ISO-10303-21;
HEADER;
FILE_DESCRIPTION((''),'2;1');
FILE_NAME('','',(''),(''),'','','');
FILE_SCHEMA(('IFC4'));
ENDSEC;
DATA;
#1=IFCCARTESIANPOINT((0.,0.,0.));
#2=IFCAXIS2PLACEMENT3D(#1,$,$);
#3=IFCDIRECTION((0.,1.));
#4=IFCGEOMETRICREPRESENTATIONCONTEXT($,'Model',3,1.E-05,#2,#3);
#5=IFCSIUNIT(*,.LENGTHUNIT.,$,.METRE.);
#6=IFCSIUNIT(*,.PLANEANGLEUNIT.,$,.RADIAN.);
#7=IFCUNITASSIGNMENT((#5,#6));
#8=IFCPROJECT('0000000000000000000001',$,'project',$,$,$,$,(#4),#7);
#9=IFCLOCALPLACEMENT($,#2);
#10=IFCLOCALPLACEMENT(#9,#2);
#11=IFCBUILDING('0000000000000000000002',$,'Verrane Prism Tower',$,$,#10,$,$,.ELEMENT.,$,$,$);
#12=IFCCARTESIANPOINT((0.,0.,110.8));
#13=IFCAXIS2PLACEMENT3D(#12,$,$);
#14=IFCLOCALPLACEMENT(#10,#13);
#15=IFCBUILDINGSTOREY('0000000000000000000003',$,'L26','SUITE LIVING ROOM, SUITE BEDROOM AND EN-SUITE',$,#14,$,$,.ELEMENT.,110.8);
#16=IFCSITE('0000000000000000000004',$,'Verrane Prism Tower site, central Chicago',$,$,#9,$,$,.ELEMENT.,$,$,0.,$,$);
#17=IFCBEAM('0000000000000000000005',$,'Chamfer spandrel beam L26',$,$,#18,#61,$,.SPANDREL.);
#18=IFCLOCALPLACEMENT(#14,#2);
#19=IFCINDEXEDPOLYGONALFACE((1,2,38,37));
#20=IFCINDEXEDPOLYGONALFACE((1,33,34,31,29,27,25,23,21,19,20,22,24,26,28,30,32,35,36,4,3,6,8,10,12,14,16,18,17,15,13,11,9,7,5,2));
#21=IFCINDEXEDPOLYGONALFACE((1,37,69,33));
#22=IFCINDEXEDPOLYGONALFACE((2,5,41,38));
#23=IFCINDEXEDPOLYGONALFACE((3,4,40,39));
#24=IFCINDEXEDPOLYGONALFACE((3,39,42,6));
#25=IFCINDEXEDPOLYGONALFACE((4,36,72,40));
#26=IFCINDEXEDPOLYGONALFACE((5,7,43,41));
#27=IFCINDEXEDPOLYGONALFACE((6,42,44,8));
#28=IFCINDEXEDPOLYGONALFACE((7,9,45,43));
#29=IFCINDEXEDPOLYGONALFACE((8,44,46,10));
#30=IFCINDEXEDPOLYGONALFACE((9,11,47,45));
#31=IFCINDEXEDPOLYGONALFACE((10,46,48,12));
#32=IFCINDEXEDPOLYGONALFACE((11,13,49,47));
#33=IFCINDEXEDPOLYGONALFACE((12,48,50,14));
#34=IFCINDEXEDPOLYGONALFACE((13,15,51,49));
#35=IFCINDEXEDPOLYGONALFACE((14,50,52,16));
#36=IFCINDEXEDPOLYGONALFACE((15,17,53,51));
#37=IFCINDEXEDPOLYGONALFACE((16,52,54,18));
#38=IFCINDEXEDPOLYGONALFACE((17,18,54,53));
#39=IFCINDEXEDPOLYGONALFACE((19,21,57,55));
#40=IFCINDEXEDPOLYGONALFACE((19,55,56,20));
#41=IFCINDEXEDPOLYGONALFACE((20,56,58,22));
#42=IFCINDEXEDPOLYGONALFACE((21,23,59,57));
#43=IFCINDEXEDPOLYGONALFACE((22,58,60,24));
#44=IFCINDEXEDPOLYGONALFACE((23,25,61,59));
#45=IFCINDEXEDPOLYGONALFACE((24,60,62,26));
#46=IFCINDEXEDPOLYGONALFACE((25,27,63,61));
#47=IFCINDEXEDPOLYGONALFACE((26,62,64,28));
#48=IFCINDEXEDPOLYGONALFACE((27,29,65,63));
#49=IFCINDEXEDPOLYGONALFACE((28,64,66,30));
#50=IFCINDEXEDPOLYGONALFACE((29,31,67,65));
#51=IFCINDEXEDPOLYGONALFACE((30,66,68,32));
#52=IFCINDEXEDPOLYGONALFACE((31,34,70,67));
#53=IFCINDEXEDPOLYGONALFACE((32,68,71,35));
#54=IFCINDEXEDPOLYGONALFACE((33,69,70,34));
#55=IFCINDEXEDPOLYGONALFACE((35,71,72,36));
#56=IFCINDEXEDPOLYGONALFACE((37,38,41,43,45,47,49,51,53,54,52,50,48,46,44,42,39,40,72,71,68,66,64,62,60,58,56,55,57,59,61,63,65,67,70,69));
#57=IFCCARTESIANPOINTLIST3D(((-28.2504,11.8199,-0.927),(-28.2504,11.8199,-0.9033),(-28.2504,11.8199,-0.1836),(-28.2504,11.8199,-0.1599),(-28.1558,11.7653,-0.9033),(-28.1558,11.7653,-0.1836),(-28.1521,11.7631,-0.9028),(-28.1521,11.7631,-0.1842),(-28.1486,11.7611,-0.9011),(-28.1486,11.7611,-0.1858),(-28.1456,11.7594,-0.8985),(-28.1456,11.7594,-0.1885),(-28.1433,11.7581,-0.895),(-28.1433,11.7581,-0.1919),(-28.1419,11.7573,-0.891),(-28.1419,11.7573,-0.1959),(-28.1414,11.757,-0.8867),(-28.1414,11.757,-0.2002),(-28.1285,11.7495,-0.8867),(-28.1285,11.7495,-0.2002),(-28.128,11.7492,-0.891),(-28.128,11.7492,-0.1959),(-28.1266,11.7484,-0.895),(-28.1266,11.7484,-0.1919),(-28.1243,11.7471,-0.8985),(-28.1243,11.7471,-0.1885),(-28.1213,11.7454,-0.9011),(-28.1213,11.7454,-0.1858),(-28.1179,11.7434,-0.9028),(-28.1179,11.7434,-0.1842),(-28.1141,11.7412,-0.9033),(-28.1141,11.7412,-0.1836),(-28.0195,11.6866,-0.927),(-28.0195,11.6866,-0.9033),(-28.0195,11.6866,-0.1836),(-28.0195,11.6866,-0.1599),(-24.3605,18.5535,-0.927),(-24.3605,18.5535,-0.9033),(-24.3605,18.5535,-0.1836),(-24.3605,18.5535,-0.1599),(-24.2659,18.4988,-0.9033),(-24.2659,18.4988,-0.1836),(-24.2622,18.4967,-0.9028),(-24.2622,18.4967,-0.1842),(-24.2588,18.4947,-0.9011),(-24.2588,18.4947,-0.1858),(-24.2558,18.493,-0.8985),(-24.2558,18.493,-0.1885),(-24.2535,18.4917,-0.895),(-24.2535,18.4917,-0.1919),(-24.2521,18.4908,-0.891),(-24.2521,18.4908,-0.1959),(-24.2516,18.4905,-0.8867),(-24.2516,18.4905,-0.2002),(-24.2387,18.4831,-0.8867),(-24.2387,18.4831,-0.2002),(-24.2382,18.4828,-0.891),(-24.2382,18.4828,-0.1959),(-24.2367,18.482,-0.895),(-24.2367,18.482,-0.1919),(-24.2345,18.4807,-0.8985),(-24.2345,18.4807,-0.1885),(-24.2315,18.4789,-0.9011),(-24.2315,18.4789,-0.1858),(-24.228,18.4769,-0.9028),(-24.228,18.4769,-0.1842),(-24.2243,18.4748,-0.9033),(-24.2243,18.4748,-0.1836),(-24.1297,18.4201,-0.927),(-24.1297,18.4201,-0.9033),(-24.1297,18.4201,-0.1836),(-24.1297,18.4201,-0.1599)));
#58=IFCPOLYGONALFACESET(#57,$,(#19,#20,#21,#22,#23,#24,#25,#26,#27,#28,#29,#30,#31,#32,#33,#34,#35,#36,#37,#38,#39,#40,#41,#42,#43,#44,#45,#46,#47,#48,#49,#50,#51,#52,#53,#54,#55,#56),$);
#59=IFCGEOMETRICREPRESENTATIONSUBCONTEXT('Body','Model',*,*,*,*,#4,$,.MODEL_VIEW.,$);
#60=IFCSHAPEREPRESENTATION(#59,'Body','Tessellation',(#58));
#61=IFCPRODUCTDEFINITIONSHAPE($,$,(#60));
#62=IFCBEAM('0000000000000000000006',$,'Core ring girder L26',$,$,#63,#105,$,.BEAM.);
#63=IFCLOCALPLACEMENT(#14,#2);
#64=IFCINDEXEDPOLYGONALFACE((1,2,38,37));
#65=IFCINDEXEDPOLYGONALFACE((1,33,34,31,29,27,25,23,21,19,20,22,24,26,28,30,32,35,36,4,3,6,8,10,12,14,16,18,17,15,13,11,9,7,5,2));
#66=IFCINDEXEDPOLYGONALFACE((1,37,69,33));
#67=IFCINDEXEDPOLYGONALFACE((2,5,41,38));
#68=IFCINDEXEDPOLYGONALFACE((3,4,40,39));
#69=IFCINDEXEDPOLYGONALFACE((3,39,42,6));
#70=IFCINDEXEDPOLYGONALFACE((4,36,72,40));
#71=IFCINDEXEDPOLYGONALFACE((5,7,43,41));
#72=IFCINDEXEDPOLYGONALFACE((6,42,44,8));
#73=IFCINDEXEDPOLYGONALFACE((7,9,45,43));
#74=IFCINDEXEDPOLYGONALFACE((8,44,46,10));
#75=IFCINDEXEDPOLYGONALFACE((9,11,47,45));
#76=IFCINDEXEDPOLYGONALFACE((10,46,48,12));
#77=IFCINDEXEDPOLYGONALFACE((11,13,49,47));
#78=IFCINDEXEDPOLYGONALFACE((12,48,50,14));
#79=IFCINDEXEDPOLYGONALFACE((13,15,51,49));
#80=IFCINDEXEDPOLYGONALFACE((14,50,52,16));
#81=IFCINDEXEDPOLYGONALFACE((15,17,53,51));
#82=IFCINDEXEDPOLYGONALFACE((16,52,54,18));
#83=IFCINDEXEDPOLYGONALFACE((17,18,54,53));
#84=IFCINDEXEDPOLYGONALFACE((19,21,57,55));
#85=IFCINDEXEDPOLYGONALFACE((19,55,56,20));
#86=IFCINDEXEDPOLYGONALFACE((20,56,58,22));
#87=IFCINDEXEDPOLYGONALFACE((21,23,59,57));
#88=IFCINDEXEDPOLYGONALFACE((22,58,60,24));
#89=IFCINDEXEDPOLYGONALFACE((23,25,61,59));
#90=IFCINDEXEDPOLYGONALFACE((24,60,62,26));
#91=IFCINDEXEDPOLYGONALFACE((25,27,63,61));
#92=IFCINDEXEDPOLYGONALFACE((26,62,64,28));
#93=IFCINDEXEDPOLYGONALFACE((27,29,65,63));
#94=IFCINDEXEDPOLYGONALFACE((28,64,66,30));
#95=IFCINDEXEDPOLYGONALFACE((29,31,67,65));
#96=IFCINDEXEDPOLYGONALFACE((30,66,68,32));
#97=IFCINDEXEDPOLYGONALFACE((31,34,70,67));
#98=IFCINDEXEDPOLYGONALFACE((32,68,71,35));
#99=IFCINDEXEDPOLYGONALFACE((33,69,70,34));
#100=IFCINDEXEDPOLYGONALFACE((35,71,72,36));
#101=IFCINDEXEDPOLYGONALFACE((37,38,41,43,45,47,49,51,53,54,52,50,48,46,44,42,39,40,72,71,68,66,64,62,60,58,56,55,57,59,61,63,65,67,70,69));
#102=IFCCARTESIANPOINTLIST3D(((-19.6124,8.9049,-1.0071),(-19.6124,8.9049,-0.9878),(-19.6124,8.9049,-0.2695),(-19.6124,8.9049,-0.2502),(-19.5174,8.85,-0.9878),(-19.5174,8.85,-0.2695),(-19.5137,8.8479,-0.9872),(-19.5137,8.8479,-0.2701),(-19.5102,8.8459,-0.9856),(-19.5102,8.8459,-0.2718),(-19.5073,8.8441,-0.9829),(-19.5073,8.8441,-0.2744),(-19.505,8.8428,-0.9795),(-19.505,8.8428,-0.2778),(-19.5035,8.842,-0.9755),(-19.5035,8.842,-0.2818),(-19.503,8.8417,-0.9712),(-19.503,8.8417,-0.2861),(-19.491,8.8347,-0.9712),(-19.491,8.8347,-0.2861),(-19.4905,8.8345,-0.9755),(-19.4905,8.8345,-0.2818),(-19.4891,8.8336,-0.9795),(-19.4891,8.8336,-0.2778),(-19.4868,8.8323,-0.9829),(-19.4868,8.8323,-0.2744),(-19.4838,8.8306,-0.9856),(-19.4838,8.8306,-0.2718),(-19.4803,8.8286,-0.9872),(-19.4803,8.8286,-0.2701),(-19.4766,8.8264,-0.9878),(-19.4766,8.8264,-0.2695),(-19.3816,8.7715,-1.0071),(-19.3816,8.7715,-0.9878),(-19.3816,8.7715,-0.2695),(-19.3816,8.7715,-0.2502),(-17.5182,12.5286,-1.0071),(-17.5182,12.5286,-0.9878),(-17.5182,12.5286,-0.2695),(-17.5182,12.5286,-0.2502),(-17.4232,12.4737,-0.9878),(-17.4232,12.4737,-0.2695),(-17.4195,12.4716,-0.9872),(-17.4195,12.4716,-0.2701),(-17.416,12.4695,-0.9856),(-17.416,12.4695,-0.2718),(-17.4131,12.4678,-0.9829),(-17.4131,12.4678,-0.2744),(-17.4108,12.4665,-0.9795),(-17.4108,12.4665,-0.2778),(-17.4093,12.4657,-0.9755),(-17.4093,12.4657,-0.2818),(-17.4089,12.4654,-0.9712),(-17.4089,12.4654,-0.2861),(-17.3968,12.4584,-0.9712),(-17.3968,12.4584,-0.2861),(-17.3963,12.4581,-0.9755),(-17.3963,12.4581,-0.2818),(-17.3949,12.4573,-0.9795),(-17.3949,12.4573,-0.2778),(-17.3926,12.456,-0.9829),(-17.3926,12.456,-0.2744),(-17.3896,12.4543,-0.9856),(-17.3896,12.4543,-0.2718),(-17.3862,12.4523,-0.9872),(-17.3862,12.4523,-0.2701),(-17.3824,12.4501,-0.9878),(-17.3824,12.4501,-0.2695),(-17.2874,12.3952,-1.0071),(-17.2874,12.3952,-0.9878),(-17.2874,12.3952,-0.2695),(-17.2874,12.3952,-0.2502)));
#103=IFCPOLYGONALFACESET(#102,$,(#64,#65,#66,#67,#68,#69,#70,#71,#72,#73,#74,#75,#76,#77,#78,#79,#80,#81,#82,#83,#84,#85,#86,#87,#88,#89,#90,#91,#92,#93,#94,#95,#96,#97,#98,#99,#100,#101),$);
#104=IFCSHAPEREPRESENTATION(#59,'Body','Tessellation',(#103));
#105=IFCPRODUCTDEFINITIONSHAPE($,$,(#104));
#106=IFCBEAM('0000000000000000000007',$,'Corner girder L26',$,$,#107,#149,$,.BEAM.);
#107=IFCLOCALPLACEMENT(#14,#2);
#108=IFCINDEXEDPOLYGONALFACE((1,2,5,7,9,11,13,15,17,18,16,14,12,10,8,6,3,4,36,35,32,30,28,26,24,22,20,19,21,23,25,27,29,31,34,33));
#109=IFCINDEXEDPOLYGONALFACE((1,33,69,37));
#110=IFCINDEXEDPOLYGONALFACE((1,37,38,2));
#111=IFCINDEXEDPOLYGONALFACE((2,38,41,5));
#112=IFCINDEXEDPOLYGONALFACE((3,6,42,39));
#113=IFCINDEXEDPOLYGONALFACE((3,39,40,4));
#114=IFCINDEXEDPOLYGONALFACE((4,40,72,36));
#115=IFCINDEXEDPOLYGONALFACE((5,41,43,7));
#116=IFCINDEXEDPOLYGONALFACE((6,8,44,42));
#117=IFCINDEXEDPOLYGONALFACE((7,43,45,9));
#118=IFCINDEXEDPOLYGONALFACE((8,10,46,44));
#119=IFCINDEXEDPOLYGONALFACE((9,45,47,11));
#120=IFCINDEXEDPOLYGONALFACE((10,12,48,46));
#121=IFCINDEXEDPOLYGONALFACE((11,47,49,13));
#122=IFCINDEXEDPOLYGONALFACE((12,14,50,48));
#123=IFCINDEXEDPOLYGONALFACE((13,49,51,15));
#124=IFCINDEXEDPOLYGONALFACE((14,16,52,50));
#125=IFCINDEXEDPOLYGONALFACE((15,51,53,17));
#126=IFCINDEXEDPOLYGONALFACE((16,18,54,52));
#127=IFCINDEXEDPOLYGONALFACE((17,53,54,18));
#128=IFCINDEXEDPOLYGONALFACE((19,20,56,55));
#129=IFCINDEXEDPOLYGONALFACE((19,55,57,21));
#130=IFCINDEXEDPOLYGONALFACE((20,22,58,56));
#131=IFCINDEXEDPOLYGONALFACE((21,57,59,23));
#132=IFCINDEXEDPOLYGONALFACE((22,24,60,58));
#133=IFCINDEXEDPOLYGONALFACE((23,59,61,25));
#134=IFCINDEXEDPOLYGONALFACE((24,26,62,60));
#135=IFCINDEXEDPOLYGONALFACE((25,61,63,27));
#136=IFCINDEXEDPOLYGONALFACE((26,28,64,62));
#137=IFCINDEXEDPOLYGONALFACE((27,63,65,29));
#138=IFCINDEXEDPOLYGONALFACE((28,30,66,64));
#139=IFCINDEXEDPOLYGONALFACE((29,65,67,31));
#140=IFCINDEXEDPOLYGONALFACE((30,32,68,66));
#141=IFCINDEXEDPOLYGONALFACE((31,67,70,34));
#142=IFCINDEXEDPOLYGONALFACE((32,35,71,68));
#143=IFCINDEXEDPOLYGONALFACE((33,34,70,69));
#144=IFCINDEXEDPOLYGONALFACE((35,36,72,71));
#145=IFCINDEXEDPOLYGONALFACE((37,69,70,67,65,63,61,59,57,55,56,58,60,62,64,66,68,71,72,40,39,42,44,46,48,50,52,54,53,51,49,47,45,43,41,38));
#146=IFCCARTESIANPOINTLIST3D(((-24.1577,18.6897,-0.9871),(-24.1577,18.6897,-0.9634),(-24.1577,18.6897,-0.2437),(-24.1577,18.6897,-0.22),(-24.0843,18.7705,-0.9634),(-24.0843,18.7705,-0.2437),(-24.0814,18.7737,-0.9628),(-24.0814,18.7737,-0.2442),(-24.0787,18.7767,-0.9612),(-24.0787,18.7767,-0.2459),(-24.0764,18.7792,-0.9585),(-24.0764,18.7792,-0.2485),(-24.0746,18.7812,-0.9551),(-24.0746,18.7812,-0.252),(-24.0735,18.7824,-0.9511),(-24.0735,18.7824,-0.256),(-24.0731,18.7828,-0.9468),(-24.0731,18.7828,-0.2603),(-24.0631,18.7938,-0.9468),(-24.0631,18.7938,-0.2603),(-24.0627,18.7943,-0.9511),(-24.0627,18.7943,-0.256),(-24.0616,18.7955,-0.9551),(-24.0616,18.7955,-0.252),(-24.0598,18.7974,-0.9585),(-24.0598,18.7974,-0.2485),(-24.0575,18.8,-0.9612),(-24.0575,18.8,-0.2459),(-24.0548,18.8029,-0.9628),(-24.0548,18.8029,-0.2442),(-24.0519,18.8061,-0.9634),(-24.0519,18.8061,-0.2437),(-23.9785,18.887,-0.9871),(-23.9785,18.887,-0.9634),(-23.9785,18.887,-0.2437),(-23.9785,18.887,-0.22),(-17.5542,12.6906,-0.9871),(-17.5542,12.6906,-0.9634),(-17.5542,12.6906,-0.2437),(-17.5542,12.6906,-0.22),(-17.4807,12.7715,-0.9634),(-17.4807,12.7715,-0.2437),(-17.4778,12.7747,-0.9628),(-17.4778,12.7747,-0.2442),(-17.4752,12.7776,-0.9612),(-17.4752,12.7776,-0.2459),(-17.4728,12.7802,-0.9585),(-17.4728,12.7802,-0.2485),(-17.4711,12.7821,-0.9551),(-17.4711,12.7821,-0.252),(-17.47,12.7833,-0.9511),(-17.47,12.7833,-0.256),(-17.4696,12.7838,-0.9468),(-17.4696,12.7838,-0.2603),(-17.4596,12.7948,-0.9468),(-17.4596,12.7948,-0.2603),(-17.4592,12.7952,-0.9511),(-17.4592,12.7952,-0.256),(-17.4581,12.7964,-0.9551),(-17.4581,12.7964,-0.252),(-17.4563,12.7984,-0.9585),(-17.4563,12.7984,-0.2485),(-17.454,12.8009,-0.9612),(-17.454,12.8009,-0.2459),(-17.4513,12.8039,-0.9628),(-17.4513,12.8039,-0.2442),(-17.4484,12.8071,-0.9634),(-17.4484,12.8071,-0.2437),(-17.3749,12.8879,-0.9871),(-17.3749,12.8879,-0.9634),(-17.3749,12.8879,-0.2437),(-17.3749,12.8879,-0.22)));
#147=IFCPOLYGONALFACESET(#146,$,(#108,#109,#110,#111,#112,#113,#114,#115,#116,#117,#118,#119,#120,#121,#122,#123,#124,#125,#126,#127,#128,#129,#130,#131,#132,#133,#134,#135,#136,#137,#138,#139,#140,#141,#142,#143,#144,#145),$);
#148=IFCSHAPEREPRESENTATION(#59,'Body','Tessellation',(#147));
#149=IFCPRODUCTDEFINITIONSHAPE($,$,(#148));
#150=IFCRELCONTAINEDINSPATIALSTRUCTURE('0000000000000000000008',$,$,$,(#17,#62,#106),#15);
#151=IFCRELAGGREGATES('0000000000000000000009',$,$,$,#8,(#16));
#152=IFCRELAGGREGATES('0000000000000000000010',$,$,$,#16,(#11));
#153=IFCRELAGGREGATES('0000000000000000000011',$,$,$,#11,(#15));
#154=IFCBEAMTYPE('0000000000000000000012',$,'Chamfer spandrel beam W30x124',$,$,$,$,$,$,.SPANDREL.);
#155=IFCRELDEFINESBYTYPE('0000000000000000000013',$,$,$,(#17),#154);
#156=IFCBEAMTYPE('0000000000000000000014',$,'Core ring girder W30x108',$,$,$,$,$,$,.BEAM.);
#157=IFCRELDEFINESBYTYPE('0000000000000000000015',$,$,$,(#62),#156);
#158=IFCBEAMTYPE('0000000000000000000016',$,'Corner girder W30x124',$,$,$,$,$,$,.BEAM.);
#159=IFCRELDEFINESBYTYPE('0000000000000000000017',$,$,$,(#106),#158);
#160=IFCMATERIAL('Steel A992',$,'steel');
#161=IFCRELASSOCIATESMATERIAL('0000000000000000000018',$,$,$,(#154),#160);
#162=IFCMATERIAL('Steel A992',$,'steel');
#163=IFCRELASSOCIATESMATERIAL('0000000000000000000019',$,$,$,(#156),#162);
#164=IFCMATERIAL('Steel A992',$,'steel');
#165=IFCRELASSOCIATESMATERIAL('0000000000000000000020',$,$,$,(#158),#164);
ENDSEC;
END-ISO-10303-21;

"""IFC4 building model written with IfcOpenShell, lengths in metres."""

from ifc_helpers import new_model, si_unit, direction, frame, origin, origin_2d, place, context, subcontext, project, spatial, i_section, extrude, material, material_profile, profile_set, type_object, element, save


model = new_model("IFC4")

# Units and contexts
model_context = context("Model", 3, precision=1e-05, world=origin(), true_north=direction((0.0, 1.0)))
body_context = subcontext(model_context, "Body", "Model", "MODEL_VIEW")
ifc_project = project(units=[si_unit("LENGTHUNIT", "METRE"), si_unit("PLANEANGLEUNIT", "RADIAN")], contexts=[model_context])

# Site, building, storey
site_placement = place(None, origin())
site = spatial("IfcSite", under=ifc_project, at=site_placement, Name="Verrane Prism Tower site, central Chicago", CompositionType="ELEMENT", RefElevation=0.0)
building_placement = place(site_placement, origin())
building = spatial("IfcBuilding", under=site, at=building_placement, Name="Verrane Prism Tower", CompositionType="ELEMENT")
storey_placement = place(building_placement, frame((0.0, 0.0, 110.8)))
storey = spatial("IfcBuildingStorey", under=building, at=storey_placement, Name="L26", Description="SUITE LIVING ROOM, SUITE BEDROOM AND EN-SUITE", CompositionType="ELEMENT", Elevation=110.8)

# Beams
ifc_material_1 = material(Name="Steel A992", Category="steel")
ifc_material_profile_1 = material_profile(ifc_material_1, i_section(OverallWidth=0.2666, OverallDepth=0.7671, WebThickness=0.0149, FlangeThickness=0.0237, FilletRadius=0.0166, at=origin_2d()), Name="W30x124")
ifc_profile_set_1 = profile_set([ifc_material_profile_1], Name="Steel A992")
beam_type_1 = type_object("IfcBeamType", Name="Chamfer spandrel beam W30x124", PredefinedType="SPANDREL", material=ifc_profile_set_1)
beam_1_placement = place(storey_placement, frame((-24.2451, 18.4868, -0.5435), z_axis=(-0.500214, -0.865902, 0.0), x_axis=(0.865902, -0.500214, 0.0)))
element("IfcBeam", 1, at=beam_1_placement, inside=storey, type_object=beam_type_1, Name="Chamfer spandrel beam L26", PredefinedType="SPANDREL", context=body_context, shape_type="SweptSolid", body=[
    extrude(i_section(OverallWidth=0.2666, OverallDepth=0.7671, WebThickness=0.0149, FlangeThickness=0.0237, FilletRadius=0.0166, at=origin_2d()), origin(), (0.0, 0.0, 1.0), 7.7764),
])
ifc_material_2 = material(Name="Steel A992", Category="steel")
ifc_material_profile_2 = material_profile(ifc_material_2, i_section(OverallWidth=0.2666, OverallDepth=0.7568, WebThickness=0.0139, FlangeThickness=0.0193, FilletRadius=0.0166, at=origin_2d()), Name="W30x108")
ifc_profile_set_2 = profile_set([ifc_material_profile_2], Name="Steel A992")
beam_type_2 = type_object("IfcBeamType", Name="Core ring girder W30x108", PredefinedType="BEAM", material=ifc_profile_set_2)
beam_2_placement = place(storey_placement, frame((-17.4028, 12.4619, -0.6287), z_axis=(-0.500367, -0.865813, 0.0), x_axis=(0.865813, -0.500367, 0.0)))
element("IfcBeam", 2, at=beam_2_placement, inside=storey, type_object=beam_type_2, Name="Core ring girder L26", PredefinedType="BEAM", context=body_context, shape_type="SweptSolid", body=[
    extrude(i_section(OverallWidth=0.2666, OverallDepth=0.7568, WebThickness=0.0139, FlangeThickness=0.0193, FilletRadius=0.0166, at=origin_2d()), origin(), (0.0, 0.0, 1.0), 4.1853),
])
ifc_material_3 = material(Name="Steel A992", Category="steel")
ifc_material_profile_3 = material_profile(ifc_material_3, i_section(OverallWidth=0.2666, OverallDepth=0.7671, WebThickness=0.0149, FlangeThickness=0.0237, FilletRadius=0.0166, at=origin_2d()), Name="W30x124")
ifc_profile_set_3 = profile_set([ifc_material_profile_3], Name="Steel A992")
beam_type_3 = type_object("IfcBeamType", Name="Corner girder W30x124", PredefinedType="BEAM", material=ifc_profile_set_3)
beam_3_placement = place(storey_placement, frame((-24.0681, 18.7883, -0.6035), z_axis=(0.740173, -0.672417, 0.0), x_axis=(0.672417, 0.740173, 0.0)))
element("IfcBeam", 3, at=beam_3_placement, inside=storey, type_object=beam_type_3, Name="Corner girder L26", PredefinedType="BEAM", context=body_context, shape_type="SweptSolid", body=[
    extrude(i_section(OverallWidth=0.2666, OverallDepth=0.7671, WebThickness=0.0149, FlangeThickness=0.0237, FilletRadius=0.0166, at=origin_2d()), origin(), (0.0, 0.0, 1.0), 8.9216),
])

save(model, "model.ifc")
